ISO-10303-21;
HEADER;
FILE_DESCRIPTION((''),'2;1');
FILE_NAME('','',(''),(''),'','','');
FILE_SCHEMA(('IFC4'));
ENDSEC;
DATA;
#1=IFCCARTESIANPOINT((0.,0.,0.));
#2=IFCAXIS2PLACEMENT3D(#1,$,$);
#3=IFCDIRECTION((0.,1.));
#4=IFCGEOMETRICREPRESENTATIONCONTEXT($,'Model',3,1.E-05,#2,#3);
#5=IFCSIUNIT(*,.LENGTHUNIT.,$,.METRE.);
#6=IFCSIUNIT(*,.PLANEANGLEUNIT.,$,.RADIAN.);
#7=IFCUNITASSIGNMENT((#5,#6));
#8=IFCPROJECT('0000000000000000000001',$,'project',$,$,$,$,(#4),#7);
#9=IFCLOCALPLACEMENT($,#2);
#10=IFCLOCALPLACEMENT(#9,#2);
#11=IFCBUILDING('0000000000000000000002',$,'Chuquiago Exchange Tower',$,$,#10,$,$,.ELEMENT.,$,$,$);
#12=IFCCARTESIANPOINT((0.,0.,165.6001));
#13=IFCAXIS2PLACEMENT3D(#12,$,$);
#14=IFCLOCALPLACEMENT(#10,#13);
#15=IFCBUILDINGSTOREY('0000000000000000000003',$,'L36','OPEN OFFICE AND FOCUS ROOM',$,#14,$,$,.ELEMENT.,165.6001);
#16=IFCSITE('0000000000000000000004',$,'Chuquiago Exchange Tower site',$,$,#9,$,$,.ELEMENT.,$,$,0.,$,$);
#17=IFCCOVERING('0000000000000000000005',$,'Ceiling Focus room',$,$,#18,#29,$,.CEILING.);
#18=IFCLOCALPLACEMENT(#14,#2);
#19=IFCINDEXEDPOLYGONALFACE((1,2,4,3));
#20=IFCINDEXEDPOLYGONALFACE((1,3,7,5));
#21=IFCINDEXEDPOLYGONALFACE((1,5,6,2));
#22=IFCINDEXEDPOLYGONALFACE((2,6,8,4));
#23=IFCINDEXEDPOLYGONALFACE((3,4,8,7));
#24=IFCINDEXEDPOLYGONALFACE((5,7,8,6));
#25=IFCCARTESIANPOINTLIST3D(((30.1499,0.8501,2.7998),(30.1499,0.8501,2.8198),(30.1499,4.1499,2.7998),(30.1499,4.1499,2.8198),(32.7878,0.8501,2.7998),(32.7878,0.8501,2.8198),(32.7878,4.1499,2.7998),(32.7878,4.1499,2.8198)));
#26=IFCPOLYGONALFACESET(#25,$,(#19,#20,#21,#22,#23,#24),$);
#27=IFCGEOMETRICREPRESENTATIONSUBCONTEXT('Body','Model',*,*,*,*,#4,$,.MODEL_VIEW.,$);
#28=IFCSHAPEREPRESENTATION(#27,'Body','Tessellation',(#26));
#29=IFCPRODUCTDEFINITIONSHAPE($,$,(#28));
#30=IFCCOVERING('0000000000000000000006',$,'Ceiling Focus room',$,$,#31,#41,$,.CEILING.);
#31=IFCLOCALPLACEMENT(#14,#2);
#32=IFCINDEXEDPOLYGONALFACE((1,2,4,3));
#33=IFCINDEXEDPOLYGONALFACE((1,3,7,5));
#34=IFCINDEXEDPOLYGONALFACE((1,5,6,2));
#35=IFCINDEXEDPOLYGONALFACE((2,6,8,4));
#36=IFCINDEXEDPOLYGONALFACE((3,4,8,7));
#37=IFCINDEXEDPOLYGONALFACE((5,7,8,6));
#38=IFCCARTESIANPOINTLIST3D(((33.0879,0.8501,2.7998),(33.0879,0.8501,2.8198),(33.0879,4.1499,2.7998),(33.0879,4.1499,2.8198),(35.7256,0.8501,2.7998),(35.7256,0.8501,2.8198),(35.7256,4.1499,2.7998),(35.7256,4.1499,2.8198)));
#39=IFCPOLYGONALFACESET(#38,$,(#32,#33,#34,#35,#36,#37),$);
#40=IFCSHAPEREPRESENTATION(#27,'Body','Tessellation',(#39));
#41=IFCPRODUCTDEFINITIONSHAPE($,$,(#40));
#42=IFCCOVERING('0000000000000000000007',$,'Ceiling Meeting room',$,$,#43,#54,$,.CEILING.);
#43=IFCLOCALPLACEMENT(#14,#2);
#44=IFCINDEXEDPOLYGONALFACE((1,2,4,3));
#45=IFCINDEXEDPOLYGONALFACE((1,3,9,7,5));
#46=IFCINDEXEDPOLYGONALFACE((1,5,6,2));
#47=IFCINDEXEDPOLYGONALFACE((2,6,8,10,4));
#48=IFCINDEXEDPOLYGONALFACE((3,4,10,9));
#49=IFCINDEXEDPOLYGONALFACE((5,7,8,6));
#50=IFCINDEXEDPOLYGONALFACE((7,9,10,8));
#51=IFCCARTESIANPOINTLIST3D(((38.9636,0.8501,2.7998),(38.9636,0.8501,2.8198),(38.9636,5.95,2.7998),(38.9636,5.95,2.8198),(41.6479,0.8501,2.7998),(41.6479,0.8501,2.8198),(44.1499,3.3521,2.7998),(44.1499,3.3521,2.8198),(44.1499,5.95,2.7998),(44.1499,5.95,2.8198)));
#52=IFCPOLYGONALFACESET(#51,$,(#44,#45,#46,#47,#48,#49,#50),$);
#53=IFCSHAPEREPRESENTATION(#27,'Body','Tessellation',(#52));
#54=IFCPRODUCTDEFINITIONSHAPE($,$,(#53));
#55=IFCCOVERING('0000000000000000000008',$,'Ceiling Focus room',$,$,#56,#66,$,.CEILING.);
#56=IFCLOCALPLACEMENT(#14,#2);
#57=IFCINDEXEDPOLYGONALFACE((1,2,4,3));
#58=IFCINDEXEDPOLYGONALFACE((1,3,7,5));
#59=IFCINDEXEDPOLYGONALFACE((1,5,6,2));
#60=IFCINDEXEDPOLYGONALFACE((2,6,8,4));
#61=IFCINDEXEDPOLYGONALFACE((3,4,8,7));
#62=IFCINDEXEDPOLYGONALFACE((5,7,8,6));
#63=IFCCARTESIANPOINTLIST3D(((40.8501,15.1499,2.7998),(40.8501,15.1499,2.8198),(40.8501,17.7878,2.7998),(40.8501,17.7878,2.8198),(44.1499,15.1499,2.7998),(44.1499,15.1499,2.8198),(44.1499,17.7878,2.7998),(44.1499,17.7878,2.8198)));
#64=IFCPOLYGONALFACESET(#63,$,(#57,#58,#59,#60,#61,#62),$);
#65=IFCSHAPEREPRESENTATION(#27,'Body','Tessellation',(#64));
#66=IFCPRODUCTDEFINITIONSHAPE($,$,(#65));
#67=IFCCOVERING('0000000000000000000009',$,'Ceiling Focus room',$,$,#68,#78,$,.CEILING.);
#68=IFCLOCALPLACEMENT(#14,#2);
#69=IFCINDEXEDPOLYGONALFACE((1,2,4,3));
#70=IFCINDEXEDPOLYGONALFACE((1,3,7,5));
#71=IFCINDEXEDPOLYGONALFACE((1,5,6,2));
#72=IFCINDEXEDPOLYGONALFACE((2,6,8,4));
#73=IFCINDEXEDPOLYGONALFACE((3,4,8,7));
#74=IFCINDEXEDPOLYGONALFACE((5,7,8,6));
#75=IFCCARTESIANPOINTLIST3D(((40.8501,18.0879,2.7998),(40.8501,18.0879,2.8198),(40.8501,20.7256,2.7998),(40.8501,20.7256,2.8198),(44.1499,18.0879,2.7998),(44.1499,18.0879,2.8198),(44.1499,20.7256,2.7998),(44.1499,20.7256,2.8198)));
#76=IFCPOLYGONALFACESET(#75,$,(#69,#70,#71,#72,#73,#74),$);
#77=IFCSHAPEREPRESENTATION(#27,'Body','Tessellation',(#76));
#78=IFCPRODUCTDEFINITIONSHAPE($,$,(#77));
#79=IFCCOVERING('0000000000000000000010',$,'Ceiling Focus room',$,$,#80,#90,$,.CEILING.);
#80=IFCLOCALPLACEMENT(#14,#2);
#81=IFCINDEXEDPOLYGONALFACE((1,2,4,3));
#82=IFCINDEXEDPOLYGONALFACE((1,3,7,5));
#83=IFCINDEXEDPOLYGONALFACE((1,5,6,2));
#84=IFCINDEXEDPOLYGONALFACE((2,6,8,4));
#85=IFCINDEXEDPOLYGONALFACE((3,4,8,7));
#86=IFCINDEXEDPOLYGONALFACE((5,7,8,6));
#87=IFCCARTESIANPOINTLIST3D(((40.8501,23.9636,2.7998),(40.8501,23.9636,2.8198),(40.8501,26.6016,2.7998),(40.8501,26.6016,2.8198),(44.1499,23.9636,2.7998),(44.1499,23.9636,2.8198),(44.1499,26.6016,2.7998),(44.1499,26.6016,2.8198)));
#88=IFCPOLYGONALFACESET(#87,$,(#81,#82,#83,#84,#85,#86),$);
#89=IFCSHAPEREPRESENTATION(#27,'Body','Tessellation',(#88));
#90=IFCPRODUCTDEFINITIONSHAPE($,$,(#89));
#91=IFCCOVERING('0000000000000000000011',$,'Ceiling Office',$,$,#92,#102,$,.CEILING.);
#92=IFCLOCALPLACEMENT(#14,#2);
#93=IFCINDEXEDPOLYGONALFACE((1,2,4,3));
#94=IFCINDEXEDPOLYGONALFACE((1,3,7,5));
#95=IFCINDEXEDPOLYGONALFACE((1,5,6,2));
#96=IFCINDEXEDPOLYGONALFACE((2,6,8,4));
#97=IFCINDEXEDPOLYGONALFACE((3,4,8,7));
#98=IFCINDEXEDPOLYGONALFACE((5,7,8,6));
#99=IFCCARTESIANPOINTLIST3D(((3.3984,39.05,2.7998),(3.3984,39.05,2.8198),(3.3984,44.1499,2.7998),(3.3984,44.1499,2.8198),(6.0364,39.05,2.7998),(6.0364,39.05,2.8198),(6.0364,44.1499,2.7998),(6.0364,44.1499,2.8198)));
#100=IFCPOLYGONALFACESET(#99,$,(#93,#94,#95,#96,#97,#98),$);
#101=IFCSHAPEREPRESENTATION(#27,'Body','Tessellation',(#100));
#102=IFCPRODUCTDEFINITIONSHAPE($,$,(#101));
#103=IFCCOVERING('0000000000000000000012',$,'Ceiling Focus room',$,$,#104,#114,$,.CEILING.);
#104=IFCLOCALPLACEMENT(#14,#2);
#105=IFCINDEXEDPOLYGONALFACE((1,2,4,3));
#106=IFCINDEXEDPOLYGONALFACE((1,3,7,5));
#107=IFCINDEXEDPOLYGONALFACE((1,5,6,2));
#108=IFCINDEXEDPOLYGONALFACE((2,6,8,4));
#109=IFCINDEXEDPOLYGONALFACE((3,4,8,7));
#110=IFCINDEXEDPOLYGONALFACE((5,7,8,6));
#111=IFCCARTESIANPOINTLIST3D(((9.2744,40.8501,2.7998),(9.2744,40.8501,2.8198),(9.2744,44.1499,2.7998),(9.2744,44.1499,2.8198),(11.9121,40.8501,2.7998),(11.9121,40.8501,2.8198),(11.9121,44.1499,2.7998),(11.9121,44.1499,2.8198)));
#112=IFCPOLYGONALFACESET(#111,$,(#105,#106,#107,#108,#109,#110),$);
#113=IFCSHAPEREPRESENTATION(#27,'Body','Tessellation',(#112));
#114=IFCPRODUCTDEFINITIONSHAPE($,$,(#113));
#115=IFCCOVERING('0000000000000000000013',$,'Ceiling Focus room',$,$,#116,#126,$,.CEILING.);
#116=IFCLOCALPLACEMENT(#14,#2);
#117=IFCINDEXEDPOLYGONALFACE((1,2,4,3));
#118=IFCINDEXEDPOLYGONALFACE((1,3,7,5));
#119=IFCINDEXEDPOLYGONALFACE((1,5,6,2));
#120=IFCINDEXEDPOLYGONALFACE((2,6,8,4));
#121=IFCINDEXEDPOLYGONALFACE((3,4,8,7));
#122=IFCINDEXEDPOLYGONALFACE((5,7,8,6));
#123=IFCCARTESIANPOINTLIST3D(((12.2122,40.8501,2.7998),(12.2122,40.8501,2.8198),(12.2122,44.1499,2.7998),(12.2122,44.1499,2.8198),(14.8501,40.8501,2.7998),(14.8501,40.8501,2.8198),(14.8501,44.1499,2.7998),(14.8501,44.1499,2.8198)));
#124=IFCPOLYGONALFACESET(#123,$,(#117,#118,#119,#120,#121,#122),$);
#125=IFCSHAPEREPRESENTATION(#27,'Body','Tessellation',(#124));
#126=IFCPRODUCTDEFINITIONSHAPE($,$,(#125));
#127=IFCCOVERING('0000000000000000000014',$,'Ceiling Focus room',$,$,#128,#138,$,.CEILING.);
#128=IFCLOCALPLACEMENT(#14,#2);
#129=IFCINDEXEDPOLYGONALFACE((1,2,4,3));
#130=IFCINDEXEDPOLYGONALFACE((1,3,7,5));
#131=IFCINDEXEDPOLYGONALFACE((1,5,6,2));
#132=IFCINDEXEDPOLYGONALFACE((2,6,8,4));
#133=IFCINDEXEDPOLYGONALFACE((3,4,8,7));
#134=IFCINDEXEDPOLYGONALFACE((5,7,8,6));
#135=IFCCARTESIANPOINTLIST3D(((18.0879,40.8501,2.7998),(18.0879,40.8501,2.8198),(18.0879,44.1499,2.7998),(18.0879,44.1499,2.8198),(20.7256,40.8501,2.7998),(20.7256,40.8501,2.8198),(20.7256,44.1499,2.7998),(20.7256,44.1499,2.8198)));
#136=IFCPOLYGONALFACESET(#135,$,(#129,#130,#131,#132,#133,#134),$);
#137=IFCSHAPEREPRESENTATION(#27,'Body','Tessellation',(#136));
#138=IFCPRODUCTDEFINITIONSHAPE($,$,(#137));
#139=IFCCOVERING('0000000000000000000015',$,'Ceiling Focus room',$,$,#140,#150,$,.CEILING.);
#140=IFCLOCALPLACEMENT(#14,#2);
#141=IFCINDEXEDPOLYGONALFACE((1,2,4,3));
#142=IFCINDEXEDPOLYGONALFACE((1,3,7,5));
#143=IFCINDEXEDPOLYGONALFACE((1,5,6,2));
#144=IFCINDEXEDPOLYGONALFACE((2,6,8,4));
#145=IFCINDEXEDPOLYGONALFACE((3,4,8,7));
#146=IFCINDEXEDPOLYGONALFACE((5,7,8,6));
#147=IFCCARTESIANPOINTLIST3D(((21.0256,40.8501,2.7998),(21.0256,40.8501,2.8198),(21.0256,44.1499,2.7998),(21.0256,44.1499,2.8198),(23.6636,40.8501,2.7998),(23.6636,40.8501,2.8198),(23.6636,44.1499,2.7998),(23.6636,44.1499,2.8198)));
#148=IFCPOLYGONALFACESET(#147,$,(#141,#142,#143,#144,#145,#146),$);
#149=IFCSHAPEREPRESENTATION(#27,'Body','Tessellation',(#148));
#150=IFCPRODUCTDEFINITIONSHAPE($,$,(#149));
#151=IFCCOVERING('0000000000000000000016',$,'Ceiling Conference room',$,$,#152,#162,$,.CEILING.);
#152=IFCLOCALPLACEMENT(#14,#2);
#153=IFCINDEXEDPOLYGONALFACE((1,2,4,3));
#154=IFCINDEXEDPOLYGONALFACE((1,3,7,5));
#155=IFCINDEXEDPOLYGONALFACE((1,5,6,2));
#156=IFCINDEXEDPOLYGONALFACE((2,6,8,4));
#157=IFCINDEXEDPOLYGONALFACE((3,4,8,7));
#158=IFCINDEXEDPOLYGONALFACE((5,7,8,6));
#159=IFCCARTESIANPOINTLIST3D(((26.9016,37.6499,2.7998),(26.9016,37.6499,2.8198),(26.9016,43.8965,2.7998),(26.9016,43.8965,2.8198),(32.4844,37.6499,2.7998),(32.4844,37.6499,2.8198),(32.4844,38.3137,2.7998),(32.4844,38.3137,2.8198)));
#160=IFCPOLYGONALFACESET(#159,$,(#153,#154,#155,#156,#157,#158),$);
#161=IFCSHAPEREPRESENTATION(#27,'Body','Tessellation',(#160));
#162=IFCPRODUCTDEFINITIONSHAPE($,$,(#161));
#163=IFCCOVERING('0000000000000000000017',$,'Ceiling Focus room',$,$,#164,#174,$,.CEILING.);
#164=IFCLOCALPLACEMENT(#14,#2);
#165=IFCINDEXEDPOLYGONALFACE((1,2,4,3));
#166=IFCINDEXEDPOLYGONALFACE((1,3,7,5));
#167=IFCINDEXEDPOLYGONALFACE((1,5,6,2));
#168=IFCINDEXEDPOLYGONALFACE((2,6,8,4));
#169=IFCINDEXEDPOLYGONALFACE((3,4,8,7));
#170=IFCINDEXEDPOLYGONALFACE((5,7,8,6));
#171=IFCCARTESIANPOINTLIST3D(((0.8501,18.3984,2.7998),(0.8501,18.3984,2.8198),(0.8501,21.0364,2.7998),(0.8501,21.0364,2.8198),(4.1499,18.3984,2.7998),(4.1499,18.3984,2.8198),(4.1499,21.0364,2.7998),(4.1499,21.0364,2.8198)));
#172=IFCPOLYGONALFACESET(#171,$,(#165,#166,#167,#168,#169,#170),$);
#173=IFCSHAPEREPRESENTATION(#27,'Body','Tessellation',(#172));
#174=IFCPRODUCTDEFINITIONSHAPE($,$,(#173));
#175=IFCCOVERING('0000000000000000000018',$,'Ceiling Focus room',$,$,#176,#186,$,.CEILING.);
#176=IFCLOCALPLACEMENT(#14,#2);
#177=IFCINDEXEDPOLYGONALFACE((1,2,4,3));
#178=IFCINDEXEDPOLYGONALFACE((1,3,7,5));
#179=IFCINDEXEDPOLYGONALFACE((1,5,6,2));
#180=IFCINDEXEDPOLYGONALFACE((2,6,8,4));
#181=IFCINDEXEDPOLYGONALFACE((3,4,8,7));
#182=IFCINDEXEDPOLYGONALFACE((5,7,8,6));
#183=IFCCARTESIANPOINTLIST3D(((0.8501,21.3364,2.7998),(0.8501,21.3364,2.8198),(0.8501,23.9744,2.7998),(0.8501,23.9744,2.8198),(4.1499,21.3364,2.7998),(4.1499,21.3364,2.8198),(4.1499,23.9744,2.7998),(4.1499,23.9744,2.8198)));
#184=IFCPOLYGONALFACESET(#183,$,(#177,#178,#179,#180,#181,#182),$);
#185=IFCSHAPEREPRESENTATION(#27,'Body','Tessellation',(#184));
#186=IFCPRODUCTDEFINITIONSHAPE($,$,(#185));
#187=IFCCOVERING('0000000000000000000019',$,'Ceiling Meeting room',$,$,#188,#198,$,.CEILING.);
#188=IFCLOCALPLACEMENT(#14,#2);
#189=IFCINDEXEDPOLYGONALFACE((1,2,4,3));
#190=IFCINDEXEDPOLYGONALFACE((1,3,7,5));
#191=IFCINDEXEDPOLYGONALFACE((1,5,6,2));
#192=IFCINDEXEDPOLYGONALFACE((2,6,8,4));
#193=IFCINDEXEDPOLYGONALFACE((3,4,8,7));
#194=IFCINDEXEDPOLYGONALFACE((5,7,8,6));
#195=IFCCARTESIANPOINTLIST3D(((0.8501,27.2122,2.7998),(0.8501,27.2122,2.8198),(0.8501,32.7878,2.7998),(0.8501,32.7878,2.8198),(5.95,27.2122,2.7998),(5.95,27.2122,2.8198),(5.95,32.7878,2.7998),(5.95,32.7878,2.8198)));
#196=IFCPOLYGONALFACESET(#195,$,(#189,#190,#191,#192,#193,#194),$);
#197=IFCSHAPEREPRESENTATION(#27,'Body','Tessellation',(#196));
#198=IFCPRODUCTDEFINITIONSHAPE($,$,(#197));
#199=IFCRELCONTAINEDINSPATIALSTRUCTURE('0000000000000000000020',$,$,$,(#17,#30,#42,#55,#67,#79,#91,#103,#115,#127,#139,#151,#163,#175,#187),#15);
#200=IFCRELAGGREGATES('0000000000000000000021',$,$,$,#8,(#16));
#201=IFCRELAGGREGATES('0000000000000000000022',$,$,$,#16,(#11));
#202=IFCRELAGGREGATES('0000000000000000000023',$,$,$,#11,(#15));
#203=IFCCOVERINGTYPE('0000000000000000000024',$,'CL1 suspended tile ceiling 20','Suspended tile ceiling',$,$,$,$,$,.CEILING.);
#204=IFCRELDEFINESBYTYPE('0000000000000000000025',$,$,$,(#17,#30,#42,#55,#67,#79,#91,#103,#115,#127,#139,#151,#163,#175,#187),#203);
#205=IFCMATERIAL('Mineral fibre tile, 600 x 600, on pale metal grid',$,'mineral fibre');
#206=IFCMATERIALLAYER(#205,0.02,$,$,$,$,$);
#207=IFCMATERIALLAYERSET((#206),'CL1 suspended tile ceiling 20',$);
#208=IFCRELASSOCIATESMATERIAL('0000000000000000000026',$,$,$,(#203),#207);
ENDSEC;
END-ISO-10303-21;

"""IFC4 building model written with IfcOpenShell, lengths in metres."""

from ifc_helpers import new_model, si_unit, direction, frame, origin, place, context, subcontext, project, spatial, polyline, outline, extrude, material, layer, layer_set, type_object, element, save


model = new_model("IFC4")

# Units and contexts
model_context = context("Model", 3, precision=1e-05, world=origin(), true_north=direction((0.0, 1.0)))
body_context = subcontext(model_context, "Body", "Model", "MODEL_VIEW")
ifc_project = project(units=[si_unit("LENGTHUNIT", "METRE"), si_unit("PLANEANGLEUNIT", "RADIAN")], contexts=[model_context])

# Site, building, storey
site_placement = place(None, origin())
site = spatial("IfcSite", under=ifc_project, at=site_placement, Name="Chuquiago Exchange Tower site", CompositionType="ELEMENT", RefElevation=0.0)
building_placement = place(site_placement, origin())
building = spatial("IfcBuilding", under=site, at=building_placement, Name="Chuquiago Exchange Tower", CompositionType="ELEMENT")
storey_placement = place(building_placement, frame((0.0, 0.0, 165.6001)))
storey = spatial("IfcBuildingStorey", under=building, at=storey_placement, Name="L36", Description="OPEN OFFICE AND FOCUS ROOM", CompositionType="ELEMENT", Elevation=165.6001)

# Coverings
ifc_material_1 = material(Name="Mineral fibre tile, 600 x 600, on pale metal grid", Category="mineral fibre")
ifc_layer_1 = layer(ifc_material_1, 0.02)
ifc_layer_set_1 = layer_set([ifc_layer_1], Name="CL1 suspended tile ceiling 20")
covering_type_1 = type_object("IfcCoveringType", Name="CL1 suspended tile ceiling 20", Description="Suspended tile ceiling", PredefinedType="CEILING", material=ifc_layer_set_1)
covering_1_placement = place(storey_placement, frame((0.0, 0.0, 2.7998)))
element("IfcCovering", 1, at=covering_1_placement, inside=storey, type_object=covering_type_1, Name="Ceiling Focus room", PredefinedType="CEILING", context=body_context, shape_type="SweptSolid", body=[
    extrude(outline(polyline([(30.1499, 4.1499), (32.7878, 4.1499), (32.7878, 0.8501), (30.1499, 0.8501), (30.1499, 4.1499)])), origin(), (0.0, 0.0, 1.0), 0.02),
])
covering_2_placement = place(storey_placement, frame((0.0, 0.0, 2.7998)))
element("IfcCovering", 2, at=covering_2_placement, inside=storey, type_object=covering_type_1, Name="Ceiling Focus room", PredefinedType="CEILING", context=body_context, shape_type="SweptSolid", body=[
    extrude(outline(polyline([(33.0879, 4.1499), (35.7256, 4.1499), (35.7256, 0.8501), (33.0879, 0.8501), (33.0879, 4.1499)])), origin(), (0.0, 0.0, 1.0), 0.02),
])
covering_3_placement = place(storey_placement, frame((0.0, 0.0, 2.7998)))
element("IfcCovering", 3, at=covering_3_placement, inside=storey, type_object=covering_type_1, Name="Ceiling Meeting room", PredefinedType="CEILING", context=body_context, shape_type="SweptSolid", body=[
    extrude(outline(polyline([(41.6479, 0.8501), (38.9636, 0.8501), (38.9636, 5.95), (44.1499, 5.95), (44.1499, 3.3521), (41.6479, 0.8501)])), origin(), (0.0, 0.0, 1.0), 0.02),
])
covering_4_placement = place(storey_placement, frame((0.0, 0.0, 2.7998)))
element("IfcCovering", 4, at=covering_4_placement, inside=storey, type_object=covering_type_1, Name="Ceiling Focus room", PredefinedType="CEILING", context=body_context, shape_type="SweptSolid", body=[
    extrude(outline(polyline([(40.8501, 15.1499), (40.8501, 17.7878), (44.1499, 17.7878), (44.1499, 15.1499), (40.8501, 15.1499)])), origin(), (0.0, 0.0, 1.0), 0.02),
])
covering_5_placement = place(storey_placement, frame((0.0, 0.0, 2.7998)))
element("IfcCovering", 5, at=covering_5_placement, inside=storey, type_object=covering_type_1, Name="Ceiling Focus room", PredefinedType="CEILING", context=body_context, shape_type="SweptSolid", body=[
    extrude(outline(polyline([(40.8501, 18.0879), (40.8501, 20.7256), (44.1499, 20.7256), (44.1499, 18.0879), (40.8501, 18.0879)])), origin(), (0.0, 0.0, 1.0), 0.02),
])
covering_6_placement = place(storey_placement, frame((0.0, 0.0, 2.7998)))
element("IfcCovering", 6, at=covering_6_placement, inside=storey, type_object=covering_type_1, Name="Ceiling Focus room", PredefinedType="CEILING", context=body_context, shape_type="SweptSolid", body=[
    extrude(outline(polyline([(44.1499, 23.9636), (40.8501, 23.9636), (40.8501, 26.6016), (44.1499, 26.6016), (44.1499, 23.9636)])), origin(), (0.0, 0.0, 1.0), 0.02),
])
covering_7_placement = place(storey_placement, frame((0.0, 0.0, 2.7998)))
element("IfcCovering", 7, at=covering_7_placement, inside=storey, type_object=covering_type_1, Name="Ceiling Office", PredefinedType="CEILING", context=body_context, shape_type="SweptSolid", body=[
    extrude(outline(polyline([(6.0364, 44.1499), (6.0364, 39.05), (3.3984, 39.05), (3.3984, 44.1499), (6.0364, 44.1499)])), origin(), (0.0, 0.0, 1.0), 0.02),
])
covering_8_placement = place(storey_placement, frame((0.0, 0.0, 2.7998)))
element("IfcCovering", 8, at=covering_8_placement, inside=storey, type_object=covering_type_1, Name="Ceiling Focus room", PredefinedType="CEILING", context=body_context, shape_type="SweptSolid", body=[
    extrude(outline(polyline([(11.9121, 40.8501), (9.2744, 40.8501), (9.2744, 44.1499), (11.9121, 44.1499), (11.9121, 40.8501)])), origin(), (0.0, 0.0, 1.0), 0.02),
])
covering_9_placement = place(storey_placement, frame((0.0, 0.0, 2.7998)))
element("IfcCovering", 9, at=covering_9_placement, inside=storey, type_object=covering_type_1, Name="Ceiling Focus room", PredefinedType="CEILING", context=body_context, shape_type="SweptSolid", body=[
    extrude(outline(polyline([(14.8501, 40.8501), (12.2122, 40.8501), (12.2122, 44.1499), (14.8501, 44.1499), (14.8501, 40.8501)])), origin(), (0.0, 0.0, 1.0), 0.02),
])
covering_10_placement = place(storey_placement, frame((0.0, 0.0, 2.7998)))
element("IfcCovering", 10, at=covering_10_placement, inside=storey, type_object=covering_type_1, Name="Ceiling Focus room", PredefinedType="CEILING", context=body_context, shape_type="SweptSolid", body=[
    extrude(outline(polyline([(20.7256, 40.8501), (18.0879, 40.8501), (18.0879, 44.1499), (20.7256, 44.1499), (20.7256, 40.8501)])), origin(), (0.0, 0.0, 1.0), 0.02),
])
covering_11_placement = place(storey_placement, frame((0.0, 0.0, 2.7998)))
element("IfcCovering", 11, at=covering_11_placement, inside=storey, type_object=covering_type_1, Name="Ceiling Focus room", PredefinedType="CEILING", context=body_context, shape_type="SweptSolid", body=[
    extrude(outline(polyline([(23.6636, 40.8501), (21.0256, 40.8501), (21.0256, 44.1499), (23.6636, 44.1499), (23.6636, 40.8501)])), origin(), (0.0, 0.0, 1.0), 0.02),
])
covering_12_placement = place(storey_placement, frame((0.0, 0.0, 2.7998)))
element("IfcCovering", 12, at=covering_12_placement, inside=storey, type_object=covering_type_1, Name="Ceiling Conference room", PredefinedType="CEILING", context=body_context, shape_type="SweptSolid", body=[
    extrude(outline(polyline([(32.4844, 37.6499), (26.9016, 37.6499), (26.9016, 43.8965), (32.4844, 38.3137), (32.4844, 37.6499)])), origin(), (0.0, 0.0, 1.0), 0.02),
])
covering_13_placement = place(storey_placement, frame((0.0, 0.0, 2.7998)))
element("IfcCovering", 13, at=covering_13_placement, inside=storey, type_object=covering_type_1, Name="Ceiling Focus room", PredefinedType="CEILING", context=body_context, shape_type="SweptSolid", body=[
    extrude(outline(polyline([(0.8501, 21.0364), (4.1499, 21.0364), (4.1499, 18.3984), (0.8501, 18.3984), (0.8501, 21.0364)])), origin(), (0.0, 0.0, 1.0), 0.02),
])
covering_14_placement = place(storey_placement, frame((0.0, 0.0, 2.7998)))
element("IfcCovering", 14, at=covering_14_placement, inside=storey, type_object=covering_type_1, Name="Ceiling Focus room", PredefinedType="CEILING", context=body_context, shape_type="SweptSolid", body=[
    extrude(outline(polyline([(4.1499, 23.9744), (4.1499, 21.3364), (0.8501, 21.3364), (0.8501, 23.9744), (4.1499, 23.9744)])), origin(), (0.0, 0.0, 1.0), 0.02),
])
covering_15_placement = place(storey_placement, frame((0.0, 0.0, 2.7998)))
element("IfcCovering", 15, at=covering_15_placement, inside=storey, type_object=covering_type_1, Name="Ceiling Meeting room", PredefinedType="CEILING", context=body_context, shape_type="SweptSolid", body=[
    extrude(outline(polyline([(5.95, 32.7878), (5.95, 27.2122), (0.8501, 27.2122), (0.8501, 32.7878), (5.95, 32.7878)])), origin(), (0.0, 0.0, 1.0), 0.02),
])

save(model, "model.ifc")
